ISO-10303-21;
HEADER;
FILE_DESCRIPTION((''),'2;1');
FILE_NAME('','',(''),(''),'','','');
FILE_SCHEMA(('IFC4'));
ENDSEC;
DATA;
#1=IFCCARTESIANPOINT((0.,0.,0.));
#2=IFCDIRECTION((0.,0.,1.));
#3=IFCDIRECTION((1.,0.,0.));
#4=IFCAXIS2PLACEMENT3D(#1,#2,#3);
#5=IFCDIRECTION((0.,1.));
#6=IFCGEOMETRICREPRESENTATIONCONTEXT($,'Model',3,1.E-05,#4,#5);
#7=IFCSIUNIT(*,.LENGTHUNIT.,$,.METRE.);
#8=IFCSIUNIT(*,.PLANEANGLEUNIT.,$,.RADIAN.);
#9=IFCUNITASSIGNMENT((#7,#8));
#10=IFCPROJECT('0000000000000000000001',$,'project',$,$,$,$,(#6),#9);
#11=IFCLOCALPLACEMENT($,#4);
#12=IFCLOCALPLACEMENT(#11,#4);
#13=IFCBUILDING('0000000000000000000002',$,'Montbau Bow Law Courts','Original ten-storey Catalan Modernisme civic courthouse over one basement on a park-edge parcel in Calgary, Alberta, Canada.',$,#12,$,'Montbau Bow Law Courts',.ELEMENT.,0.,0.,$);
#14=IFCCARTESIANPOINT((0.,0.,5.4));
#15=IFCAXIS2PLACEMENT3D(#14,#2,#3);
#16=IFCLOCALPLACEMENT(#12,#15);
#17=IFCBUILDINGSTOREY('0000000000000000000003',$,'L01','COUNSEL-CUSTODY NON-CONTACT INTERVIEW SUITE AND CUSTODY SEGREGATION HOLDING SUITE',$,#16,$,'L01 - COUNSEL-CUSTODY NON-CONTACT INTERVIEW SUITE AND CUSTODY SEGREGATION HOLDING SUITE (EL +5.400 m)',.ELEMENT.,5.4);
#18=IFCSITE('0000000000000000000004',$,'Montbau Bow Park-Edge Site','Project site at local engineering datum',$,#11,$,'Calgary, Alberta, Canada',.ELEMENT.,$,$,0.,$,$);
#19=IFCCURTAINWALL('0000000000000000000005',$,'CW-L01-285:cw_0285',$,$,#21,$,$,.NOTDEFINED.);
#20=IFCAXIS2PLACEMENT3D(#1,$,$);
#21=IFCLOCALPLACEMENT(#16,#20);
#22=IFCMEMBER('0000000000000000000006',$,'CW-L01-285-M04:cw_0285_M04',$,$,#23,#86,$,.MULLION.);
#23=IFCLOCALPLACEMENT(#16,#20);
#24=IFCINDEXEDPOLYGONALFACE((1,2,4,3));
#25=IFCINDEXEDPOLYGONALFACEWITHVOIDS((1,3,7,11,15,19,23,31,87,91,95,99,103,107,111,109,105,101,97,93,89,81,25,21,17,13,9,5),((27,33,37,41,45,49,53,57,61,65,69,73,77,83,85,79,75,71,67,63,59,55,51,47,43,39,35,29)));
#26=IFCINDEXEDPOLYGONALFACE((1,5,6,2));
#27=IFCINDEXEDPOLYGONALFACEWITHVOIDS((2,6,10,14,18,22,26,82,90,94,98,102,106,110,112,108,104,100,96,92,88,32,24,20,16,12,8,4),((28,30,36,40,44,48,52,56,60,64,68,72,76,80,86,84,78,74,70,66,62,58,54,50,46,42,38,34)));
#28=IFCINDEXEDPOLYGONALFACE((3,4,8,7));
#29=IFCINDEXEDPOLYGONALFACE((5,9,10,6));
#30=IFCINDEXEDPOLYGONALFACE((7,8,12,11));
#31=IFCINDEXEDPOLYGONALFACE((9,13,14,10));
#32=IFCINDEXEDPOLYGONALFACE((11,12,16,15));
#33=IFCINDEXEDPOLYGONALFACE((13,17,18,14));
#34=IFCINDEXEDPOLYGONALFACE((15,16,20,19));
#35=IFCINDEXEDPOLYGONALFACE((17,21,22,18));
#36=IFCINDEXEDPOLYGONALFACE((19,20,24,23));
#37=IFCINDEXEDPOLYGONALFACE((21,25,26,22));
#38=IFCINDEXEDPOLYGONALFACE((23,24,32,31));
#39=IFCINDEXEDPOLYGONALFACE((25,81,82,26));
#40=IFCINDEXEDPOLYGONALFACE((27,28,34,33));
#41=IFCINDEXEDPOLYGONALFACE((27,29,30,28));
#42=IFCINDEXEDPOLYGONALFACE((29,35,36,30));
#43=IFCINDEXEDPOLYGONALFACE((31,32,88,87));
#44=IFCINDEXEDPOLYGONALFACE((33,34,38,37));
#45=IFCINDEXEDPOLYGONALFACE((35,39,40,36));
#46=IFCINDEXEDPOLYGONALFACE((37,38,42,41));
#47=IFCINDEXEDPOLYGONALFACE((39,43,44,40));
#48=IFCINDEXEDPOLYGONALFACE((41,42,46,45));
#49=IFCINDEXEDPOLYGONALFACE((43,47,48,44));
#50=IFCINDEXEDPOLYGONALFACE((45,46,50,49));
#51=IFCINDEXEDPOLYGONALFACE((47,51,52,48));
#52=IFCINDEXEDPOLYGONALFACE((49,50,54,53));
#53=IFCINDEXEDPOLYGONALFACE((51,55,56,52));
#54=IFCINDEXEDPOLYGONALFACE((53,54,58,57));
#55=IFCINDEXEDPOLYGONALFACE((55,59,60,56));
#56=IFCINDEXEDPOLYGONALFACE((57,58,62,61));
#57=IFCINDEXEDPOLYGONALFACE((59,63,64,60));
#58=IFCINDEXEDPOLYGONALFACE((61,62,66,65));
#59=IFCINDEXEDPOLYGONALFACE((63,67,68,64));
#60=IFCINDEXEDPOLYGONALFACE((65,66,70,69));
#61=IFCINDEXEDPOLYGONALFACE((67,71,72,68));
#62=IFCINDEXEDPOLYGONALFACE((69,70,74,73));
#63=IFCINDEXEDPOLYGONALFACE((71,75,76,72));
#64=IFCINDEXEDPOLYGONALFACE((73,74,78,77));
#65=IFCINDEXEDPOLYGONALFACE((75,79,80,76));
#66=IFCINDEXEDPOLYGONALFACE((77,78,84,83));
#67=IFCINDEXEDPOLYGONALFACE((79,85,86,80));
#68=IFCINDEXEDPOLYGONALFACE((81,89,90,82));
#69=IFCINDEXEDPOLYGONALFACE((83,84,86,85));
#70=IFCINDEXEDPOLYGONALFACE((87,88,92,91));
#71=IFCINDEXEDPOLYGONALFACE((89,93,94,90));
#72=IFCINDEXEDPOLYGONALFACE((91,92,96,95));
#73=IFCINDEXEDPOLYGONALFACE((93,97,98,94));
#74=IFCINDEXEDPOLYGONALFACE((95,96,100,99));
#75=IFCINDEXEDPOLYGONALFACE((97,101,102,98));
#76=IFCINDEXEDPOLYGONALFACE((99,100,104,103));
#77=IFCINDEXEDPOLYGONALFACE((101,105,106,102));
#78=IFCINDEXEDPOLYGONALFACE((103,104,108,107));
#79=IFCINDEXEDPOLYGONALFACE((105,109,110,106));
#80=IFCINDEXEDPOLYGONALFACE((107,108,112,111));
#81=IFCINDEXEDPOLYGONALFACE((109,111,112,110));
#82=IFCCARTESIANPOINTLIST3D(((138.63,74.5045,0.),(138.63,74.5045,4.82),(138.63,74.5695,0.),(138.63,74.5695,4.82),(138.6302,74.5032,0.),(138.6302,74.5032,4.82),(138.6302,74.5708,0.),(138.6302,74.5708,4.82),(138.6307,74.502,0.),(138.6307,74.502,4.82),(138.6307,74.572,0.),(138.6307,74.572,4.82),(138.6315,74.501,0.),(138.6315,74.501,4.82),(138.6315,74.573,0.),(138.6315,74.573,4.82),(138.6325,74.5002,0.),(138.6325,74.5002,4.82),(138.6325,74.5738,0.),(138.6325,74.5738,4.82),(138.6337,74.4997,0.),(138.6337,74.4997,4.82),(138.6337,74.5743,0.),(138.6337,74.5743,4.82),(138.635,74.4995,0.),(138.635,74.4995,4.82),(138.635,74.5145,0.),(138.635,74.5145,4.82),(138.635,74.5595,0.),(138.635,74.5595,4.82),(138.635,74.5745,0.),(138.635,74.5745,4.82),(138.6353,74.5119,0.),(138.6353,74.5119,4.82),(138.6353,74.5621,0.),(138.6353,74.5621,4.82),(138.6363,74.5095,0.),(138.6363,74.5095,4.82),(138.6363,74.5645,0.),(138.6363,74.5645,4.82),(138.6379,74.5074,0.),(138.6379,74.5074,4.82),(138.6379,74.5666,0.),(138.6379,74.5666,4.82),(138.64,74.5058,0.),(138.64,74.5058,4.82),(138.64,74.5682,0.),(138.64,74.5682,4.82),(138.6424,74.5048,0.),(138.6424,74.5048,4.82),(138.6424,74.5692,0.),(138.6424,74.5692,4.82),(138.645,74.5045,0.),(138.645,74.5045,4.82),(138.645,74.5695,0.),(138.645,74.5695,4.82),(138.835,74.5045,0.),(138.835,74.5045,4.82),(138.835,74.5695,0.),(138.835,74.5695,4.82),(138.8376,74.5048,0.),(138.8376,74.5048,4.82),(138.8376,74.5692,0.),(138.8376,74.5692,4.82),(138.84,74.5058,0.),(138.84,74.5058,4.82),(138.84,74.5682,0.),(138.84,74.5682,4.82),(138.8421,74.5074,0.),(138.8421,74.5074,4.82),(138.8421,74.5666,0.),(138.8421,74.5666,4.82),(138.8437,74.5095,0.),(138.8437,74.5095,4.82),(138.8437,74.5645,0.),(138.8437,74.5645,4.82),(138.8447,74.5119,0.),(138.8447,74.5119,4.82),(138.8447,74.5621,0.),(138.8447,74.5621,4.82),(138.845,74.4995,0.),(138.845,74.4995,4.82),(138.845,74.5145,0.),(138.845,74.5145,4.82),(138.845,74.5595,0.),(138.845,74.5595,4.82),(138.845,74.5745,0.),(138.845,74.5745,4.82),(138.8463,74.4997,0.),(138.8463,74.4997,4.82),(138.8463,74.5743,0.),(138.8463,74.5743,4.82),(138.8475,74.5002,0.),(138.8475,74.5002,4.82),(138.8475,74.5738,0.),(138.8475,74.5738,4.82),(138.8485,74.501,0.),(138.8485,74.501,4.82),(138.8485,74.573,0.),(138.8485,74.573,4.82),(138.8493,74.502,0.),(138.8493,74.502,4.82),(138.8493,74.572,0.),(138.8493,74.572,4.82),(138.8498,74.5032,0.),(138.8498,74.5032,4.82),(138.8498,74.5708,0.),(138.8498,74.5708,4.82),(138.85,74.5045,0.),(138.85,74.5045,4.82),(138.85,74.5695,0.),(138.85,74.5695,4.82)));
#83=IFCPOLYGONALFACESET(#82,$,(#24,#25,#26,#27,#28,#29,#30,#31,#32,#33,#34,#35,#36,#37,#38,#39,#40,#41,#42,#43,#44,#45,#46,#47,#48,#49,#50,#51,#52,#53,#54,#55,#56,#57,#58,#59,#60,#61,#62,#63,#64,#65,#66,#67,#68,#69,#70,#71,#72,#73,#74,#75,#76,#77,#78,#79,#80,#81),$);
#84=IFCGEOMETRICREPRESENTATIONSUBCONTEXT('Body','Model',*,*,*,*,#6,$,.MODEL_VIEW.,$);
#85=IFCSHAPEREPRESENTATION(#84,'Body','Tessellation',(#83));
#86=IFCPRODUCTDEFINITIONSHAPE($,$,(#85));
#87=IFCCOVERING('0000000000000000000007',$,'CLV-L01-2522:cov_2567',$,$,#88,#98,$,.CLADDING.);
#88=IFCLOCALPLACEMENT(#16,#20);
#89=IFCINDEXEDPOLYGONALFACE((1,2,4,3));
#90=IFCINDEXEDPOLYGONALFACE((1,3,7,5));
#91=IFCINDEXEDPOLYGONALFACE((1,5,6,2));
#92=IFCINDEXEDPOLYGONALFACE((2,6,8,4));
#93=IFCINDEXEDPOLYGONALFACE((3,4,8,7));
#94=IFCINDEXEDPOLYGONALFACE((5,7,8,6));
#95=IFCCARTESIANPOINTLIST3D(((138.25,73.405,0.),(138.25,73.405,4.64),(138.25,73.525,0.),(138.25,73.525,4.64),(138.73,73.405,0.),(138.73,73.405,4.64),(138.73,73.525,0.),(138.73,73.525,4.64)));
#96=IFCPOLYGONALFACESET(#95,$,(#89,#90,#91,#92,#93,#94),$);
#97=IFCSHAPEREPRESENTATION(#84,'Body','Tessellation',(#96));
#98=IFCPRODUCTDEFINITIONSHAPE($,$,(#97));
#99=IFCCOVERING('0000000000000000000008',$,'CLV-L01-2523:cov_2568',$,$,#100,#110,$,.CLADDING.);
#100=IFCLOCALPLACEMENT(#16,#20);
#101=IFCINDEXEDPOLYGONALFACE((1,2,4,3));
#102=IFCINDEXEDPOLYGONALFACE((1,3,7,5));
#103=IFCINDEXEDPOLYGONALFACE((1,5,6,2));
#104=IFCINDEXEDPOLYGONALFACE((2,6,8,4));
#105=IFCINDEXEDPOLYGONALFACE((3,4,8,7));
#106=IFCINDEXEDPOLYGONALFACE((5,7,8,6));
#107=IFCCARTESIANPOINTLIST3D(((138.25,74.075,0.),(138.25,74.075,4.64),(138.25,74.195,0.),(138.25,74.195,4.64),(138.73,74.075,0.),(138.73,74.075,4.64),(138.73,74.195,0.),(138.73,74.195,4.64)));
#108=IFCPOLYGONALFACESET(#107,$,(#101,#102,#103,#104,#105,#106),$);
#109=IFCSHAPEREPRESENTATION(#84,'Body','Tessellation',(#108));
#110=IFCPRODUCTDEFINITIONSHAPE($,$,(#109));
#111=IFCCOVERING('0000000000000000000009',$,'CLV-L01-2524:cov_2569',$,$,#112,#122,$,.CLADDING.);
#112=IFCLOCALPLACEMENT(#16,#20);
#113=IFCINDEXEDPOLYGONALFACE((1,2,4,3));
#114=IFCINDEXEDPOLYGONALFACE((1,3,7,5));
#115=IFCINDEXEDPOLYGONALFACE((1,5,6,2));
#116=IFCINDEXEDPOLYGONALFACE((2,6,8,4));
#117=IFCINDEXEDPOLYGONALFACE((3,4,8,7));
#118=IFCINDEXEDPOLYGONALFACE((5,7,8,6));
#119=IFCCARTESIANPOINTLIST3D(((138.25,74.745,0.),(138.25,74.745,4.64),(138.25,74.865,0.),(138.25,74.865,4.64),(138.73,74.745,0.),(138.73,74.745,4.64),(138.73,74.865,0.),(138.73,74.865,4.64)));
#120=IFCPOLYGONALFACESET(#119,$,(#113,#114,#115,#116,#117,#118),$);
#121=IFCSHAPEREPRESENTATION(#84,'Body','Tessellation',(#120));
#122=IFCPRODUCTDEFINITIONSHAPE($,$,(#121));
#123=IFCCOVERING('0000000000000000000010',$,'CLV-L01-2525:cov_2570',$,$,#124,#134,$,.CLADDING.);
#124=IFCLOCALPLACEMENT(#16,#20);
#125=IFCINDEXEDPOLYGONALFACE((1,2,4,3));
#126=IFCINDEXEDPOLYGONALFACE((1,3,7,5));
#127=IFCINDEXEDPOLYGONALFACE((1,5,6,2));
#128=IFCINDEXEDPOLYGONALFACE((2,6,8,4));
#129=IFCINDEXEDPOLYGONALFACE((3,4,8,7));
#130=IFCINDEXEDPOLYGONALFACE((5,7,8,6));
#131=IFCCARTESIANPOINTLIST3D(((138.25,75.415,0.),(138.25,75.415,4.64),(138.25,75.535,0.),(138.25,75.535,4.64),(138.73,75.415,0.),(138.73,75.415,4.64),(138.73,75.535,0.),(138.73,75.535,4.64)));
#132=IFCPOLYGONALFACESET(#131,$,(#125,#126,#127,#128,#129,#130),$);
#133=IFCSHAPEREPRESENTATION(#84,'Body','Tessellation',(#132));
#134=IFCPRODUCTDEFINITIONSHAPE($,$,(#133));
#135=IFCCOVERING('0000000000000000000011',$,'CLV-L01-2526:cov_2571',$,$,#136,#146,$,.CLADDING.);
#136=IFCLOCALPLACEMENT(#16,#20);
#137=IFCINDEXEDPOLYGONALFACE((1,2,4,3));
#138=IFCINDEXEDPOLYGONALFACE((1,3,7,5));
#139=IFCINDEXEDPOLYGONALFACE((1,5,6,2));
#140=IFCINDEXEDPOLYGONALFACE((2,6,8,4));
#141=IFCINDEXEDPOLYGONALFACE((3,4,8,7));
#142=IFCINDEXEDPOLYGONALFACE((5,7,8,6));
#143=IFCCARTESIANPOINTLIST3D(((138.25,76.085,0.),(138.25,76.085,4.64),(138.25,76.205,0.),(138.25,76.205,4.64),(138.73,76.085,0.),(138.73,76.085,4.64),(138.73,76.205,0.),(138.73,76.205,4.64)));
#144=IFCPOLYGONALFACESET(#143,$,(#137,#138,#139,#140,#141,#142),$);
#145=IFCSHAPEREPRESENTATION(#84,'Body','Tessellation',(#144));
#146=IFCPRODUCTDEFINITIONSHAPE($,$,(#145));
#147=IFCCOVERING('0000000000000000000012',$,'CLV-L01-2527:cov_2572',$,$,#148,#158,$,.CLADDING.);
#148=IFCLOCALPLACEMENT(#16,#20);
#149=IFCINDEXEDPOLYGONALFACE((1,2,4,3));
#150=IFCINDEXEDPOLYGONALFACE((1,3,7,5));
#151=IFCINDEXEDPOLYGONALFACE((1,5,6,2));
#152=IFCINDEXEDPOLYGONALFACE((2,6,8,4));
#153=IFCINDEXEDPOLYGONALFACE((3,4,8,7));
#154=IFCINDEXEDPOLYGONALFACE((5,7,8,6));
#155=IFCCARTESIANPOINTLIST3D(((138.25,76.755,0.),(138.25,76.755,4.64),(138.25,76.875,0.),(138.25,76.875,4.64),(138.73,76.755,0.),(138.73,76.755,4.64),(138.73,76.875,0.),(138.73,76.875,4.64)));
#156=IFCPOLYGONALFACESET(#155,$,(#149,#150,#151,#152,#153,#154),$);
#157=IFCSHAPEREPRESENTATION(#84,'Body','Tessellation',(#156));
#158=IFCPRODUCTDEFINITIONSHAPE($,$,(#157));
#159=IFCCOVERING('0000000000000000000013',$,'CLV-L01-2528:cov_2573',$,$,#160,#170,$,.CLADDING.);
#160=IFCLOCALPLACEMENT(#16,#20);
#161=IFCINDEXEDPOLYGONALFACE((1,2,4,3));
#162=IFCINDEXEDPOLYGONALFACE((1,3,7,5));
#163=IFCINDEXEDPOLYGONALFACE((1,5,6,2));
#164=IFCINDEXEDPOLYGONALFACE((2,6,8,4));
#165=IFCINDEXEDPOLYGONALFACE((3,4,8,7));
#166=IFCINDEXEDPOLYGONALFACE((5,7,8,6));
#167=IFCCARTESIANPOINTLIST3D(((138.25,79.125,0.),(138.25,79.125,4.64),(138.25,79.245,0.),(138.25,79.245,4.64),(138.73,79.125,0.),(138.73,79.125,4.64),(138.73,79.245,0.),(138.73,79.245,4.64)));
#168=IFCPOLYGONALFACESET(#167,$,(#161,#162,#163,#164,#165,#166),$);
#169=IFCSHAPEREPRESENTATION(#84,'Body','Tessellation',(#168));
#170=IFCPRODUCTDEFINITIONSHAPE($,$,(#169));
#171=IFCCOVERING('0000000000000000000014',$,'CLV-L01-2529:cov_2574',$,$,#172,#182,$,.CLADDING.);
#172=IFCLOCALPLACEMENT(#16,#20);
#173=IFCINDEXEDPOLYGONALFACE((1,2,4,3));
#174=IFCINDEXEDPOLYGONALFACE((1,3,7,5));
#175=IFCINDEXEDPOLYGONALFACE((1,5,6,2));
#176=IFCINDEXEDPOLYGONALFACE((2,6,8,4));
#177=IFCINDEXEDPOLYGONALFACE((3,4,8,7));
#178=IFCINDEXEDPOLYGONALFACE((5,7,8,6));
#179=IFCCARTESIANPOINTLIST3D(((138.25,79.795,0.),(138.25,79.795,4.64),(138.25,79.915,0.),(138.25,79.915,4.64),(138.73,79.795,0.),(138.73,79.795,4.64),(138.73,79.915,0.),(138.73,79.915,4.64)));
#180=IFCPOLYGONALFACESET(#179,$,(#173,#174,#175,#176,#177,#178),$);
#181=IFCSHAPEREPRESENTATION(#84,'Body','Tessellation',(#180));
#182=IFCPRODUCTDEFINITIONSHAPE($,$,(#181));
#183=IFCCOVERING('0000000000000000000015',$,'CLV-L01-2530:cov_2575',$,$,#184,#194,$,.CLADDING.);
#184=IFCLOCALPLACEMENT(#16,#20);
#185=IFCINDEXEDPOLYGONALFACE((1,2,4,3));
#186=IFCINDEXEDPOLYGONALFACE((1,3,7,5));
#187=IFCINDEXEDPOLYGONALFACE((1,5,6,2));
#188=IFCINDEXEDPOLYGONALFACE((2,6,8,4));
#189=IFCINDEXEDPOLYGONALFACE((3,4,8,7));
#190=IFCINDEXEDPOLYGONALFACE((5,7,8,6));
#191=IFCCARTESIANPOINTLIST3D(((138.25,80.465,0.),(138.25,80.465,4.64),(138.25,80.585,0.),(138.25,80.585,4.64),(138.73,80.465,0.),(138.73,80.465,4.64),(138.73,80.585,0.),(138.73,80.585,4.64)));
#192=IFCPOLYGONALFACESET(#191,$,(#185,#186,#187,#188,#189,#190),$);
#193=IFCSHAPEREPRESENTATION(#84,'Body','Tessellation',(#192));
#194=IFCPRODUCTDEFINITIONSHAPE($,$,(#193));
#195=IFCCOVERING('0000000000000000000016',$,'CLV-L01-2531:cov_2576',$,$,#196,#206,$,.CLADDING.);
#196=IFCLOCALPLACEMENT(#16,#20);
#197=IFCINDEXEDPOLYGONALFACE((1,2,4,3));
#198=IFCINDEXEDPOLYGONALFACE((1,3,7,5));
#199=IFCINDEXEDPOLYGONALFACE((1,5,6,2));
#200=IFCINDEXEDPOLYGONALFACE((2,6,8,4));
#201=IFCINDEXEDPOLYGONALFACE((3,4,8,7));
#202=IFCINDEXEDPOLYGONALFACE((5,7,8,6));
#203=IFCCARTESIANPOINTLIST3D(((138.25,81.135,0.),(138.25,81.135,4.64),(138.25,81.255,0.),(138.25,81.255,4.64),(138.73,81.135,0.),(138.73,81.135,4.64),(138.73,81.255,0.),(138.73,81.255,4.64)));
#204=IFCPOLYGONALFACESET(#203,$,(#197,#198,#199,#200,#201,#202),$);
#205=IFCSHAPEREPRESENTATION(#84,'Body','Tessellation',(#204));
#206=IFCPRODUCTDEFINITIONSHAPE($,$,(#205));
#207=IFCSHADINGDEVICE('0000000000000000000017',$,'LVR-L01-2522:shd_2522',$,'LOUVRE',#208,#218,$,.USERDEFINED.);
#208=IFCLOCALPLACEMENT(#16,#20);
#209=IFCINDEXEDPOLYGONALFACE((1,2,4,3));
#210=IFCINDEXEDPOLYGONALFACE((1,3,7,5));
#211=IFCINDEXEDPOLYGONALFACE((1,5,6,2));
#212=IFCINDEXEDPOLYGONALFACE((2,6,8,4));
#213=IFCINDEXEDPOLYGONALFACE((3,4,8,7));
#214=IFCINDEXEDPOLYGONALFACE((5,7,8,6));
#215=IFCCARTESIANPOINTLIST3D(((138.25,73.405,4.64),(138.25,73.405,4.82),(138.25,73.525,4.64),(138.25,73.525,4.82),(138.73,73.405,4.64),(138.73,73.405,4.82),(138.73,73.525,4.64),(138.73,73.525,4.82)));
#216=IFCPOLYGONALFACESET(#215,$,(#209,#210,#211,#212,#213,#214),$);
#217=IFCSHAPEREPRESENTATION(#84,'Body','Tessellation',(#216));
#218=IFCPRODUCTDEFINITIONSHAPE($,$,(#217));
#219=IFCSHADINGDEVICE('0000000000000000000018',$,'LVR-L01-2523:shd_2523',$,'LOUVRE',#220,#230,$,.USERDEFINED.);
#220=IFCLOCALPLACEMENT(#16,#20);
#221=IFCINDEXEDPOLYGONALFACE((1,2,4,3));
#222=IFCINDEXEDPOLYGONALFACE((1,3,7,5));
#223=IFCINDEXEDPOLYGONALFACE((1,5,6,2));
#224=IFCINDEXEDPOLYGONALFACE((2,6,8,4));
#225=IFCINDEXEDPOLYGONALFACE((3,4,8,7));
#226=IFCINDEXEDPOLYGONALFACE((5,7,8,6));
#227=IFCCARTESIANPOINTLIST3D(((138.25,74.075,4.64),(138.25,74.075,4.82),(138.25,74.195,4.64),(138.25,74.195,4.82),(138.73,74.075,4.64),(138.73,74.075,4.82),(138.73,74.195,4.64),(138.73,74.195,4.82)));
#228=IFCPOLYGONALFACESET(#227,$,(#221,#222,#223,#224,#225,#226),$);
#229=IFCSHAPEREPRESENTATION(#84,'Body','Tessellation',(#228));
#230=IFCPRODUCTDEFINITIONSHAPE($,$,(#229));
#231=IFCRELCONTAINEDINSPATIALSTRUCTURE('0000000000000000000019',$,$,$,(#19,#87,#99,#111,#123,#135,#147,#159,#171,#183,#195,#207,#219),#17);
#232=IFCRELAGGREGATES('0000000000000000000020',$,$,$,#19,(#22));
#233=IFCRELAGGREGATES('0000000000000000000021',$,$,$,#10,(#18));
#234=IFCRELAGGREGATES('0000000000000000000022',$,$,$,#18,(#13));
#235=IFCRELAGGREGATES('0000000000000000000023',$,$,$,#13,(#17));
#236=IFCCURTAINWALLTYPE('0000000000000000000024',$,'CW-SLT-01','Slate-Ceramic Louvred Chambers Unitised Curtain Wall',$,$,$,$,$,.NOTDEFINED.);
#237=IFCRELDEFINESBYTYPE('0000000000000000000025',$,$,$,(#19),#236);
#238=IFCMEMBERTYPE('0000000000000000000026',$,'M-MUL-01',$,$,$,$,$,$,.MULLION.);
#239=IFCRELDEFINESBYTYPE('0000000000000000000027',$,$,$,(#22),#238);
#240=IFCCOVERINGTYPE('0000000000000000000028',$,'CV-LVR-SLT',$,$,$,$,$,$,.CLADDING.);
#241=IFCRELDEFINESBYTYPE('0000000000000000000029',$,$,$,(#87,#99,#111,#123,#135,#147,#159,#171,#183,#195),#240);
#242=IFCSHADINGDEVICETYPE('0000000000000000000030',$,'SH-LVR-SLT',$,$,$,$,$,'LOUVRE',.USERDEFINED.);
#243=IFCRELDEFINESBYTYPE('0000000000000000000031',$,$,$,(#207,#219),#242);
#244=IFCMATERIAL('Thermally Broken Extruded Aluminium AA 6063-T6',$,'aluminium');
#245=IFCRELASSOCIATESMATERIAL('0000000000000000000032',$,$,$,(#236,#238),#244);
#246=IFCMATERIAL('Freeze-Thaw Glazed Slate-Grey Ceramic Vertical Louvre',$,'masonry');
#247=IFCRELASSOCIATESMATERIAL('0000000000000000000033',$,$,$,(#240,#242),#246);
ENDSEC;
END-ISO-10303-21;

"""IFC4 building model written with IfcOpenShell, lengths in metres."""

from ifc_helpers import new_model, si_unit, direction, frame, frame_2d, origin_with_axes, origin_2d_with_axis, place, context, subcontext, project, spatial, rectangle, hollow_rectangle, extrude, material, material_profile, profile_set, type_object, element, aggregate, save


model = new_model("IFC4")

# Units and contexts
model_context = context("Model", 3, precision=1e-05, world=origin_with_axes(), true_north=direction((0.0, 1.0)))
body_context = subcontext(model_context, "Body", "Model", "MODEL_VIEW")
ifc_project = project(units=[si_unit("LENGTHUNIT", "METRE"), si_unit("PLANEANGLEUNIT", "RADIAN")], contexts=[model_context])

# Site, building, storey
site_placement = place(None, origin_with_axes())
site = spatial("IfcSite", under=ifc_project, at=site_placement, Name="Montbau Bow Park-Edge Site", Description="Project site at local engineering datum", LongName="Calgary, Alberta, Canada", CompositionType="ELEMENT", RefElevation=0.0)
building_placement = place(site_placement, origin_with_axes())
building = spatial("IfcBuilding", under=site, at=building_placement, Name="Montbau Bow Law Courts", Description="Original ten-storey Catalan Modernisme civic courthouse over one basement on a park-edge parcel in Calgary, Alberta, Canada.", LongName="Montbau Bow Law Courts", CompositionType="ELEMENT", ElevationOfRefHeight=0.0, ElevationOfTerrain=0.0)
storey_placement = place(building_placement, frame((0.0, 0.0, 5.4), z_axis=(0.0, 0.0, 1.0), x_axis=(1.0, 0.0, 0.0)))
storey = spatial("IfcBuildingStorey", under=building, at=storey_placement, Name="L01", Description="COUNSEL-CUSTODY NON-CONTACT INTERVIEW SUITE AND CUSTODY SEGREGATION HOLDING SUITE", LongName="L01 - COUNSEL-CUSTODY NON-CONTACT INTERVIEW SUITE AND CUSTODY SEGREGATION HOLDING SUITE (EL +5.400 m)", CompositionType="ELEMENT", Elevation=5.4)

# Curtain wall, member
ifc_material_1 = material(Name="Thermally Broken Extruded Aluminium AA 6063-T6", Category="aluminium")
curtain_wall_type = type_object("IfcCurtainWallType", Name="CW-SLT-01", Description="Slate-Ceramic Louvred Chambers Unitised Curtain Wall", PredefinedType="NOTDEFINED", material=ifc_material_1)
curtain_wall_placement = place(None, frame((138.74, 70.115, 5.4), z_axis=(0.0, 0.0, 1.0), x_axis=(1.0, 0.0, 0.0)))
curtain_wall = element("IfcCurtainWall", 1, at=curtain_wall_placement, inside=storey, type_object=curtain_wall_type, Name="CW-L01-285:cw_0285", PredefinedType="NOTDEFINED")
ifc_material_profile_1 = material_profile(ifc_material_1, hollow_rectangle(XDim=0.075, YDim=0.22, WallThickness=0.005, InnerFilletRadius=0.01, OuterFilletRadius=0.005, at=origin_2d_with_axis()), Name="CWM-220X75", Category="Main", Priority=0)
ifc_profile_set_1 = profile_set([ifc_material_profile_1], Name="Thermally Broken Extruded Aluminium AA 6063-T6")
member_type = type_object("IfcMemberType", Name="M-MUL-01", PredefinedType="MULLION", material=ifc_profile_set_1)
member_placement = place(None, frame((138.74, 74.537, 5.4), z_axis=(0.0, 0.0, 1.0), x_axis=(0.0, 1.0, 0.0)))
member = element("IfcMember", 2, at=member_placement, type_object=member_type, Name="CW-L01-285-M04:cw_0285_M04", PredefinedType="MULLION", context=body_context, shape_type="SweptSolid", body=[
    extrude(hollow_rectangle(XDim=0.075, YDim=0.22, WallThickness=0.005, InnerFilletRadius=0.01, OuterFilletRadius=0.005, at=origin_2d_with_axis()), origin_with_axes(), (0.0, 0.0, 1.0), 4.82),
])
aggregate(curtain_wall, [member])

# Coverings
ifc_material_2 = material(Name="Freeze-Thaw Glazed Slate-Grey Ceramic Vertical Louvre", Category="masonry")
covering_type = type_object("IfcCoveringType", Name="CV-LVR-SLT", PredefinedType="CLADDING", material=ifc_material_2)
for number, where, z_axis, x_axis, name in (
    (3, (138.73, 73.465, 5.4), (0.0, 1.0, 0.0), (-1.0, 0.0, 0.0), "CLV-L01-2522:cov_2567"),
    (4, (138.73, 74.135, 5.4), (0.0, 1.0, 0.0), (-1.0, 0.0, 0.0), "CLV-L01-2523:cov_2568"),
    (5, (138.73, 74.805, 5.4), (0.0, 1.0, 0.0), (-1.0, 0.0, 0.0), "CLV-L01-2524:cov_2569"),
    (6, (138.73, 75.475, 5.4), (0.0, 1.0, 0.0), (-1.0, 0.0, 0.0), "CLV-L01-2525:cov_2570"),
    (7, (138.73, 76.145, 5.4), (0.0, 1.0, 0.0), (-1.0, 0.0, 0.0), "CLV-L01-2526:cov_2571"),
    (8, (138.73, 76.815, 5.4), (0.0, 1.0, 0.0), (-1.0, 0.0, 0.0), "CLV-L01-2527:cov_2572"),
    (9, (138.73, 79.185, 5.4), (0.0, 1.0, 0.0), (-1.0, 0.0, 0.0), "CLV-L01-2528:cov_2573"),
    (10, (138.73, 79.855, 5.4), (0.0, 1.0, 0.0), (-1.0, 0.0, 0.0), "CLV-L01-2529:cov_2574"),
    (11, (138.73, 80.525, 5.4), (0.0, 1.0, 0.0), (-1.0, 0.0, 0.0), "CLV-L01-2530:cov_2575"),
    (12, (138.73, 81.195, 5.4), (0.0, 1.0, 0.0), (-1.0, 0.0, 0.0), "CLV-L01-2531:cov_2576"),
):
    element("IfcCovering", number, at=place(None, frame(where, z_axis=z_axis, x_axis=x_axis)), inside=storey, type_object=covering_type, Name=name, PredefinedType="CLADDING", context=body_context, shape_type="SweptSolid", body=[
        extrude(rectangle(XDim=0.48, YDim=4.64, at=frame_2d((0.24, 2.32), x_axis=(1.0, 0.0))), frame((0.0, 0.0, -0.06), z_axis=(0.0, 0.0, 1.0), x_axis=(1.0, 0.0, 0.0)), (0.0, 0.0, 1.0), 0.12),
    ])

# Shading devices
shading_device_type = type_object("IfcShadingDeviceType", Name="SH-LVR-SLT", ElementType="LOUVRE", PredefinedType="USERDEFINED", material=ifc_material_2)
for number, where, z_axis, x_axis, name in (
    (13, (138.49, 73.465, 10.04), (0.0, 0.0, 1.0), (-1.0, 0.0, 0.0), "LVR-L01-2522:shd_2522"),
    (14, (138.49, 74.135, 10.04), (0.0, 0.0, 1.0), (-1.0, 0.0, 0.0), "LVR-L01-2523:shd_2523"),
):
    element("IfcShadingDevice", number, at=place(None, frame(where, z_axis=z_axis, x_axis=x_axis)), inside=storey, type_object=shading_device_type, Name=name, ObjectType="LOUVRE", PredefinedType="USERDEFINED", context=body_context, shape_type="SweptSolid", body=[
        extrude(rectangle(XDim=0.48, YDim=0.12, at=origin_2d_with_axis()), origin_with_axes(), (0.0, 0.0, 1.0), 0.18),
    ])

save(model, "model.ifc")
